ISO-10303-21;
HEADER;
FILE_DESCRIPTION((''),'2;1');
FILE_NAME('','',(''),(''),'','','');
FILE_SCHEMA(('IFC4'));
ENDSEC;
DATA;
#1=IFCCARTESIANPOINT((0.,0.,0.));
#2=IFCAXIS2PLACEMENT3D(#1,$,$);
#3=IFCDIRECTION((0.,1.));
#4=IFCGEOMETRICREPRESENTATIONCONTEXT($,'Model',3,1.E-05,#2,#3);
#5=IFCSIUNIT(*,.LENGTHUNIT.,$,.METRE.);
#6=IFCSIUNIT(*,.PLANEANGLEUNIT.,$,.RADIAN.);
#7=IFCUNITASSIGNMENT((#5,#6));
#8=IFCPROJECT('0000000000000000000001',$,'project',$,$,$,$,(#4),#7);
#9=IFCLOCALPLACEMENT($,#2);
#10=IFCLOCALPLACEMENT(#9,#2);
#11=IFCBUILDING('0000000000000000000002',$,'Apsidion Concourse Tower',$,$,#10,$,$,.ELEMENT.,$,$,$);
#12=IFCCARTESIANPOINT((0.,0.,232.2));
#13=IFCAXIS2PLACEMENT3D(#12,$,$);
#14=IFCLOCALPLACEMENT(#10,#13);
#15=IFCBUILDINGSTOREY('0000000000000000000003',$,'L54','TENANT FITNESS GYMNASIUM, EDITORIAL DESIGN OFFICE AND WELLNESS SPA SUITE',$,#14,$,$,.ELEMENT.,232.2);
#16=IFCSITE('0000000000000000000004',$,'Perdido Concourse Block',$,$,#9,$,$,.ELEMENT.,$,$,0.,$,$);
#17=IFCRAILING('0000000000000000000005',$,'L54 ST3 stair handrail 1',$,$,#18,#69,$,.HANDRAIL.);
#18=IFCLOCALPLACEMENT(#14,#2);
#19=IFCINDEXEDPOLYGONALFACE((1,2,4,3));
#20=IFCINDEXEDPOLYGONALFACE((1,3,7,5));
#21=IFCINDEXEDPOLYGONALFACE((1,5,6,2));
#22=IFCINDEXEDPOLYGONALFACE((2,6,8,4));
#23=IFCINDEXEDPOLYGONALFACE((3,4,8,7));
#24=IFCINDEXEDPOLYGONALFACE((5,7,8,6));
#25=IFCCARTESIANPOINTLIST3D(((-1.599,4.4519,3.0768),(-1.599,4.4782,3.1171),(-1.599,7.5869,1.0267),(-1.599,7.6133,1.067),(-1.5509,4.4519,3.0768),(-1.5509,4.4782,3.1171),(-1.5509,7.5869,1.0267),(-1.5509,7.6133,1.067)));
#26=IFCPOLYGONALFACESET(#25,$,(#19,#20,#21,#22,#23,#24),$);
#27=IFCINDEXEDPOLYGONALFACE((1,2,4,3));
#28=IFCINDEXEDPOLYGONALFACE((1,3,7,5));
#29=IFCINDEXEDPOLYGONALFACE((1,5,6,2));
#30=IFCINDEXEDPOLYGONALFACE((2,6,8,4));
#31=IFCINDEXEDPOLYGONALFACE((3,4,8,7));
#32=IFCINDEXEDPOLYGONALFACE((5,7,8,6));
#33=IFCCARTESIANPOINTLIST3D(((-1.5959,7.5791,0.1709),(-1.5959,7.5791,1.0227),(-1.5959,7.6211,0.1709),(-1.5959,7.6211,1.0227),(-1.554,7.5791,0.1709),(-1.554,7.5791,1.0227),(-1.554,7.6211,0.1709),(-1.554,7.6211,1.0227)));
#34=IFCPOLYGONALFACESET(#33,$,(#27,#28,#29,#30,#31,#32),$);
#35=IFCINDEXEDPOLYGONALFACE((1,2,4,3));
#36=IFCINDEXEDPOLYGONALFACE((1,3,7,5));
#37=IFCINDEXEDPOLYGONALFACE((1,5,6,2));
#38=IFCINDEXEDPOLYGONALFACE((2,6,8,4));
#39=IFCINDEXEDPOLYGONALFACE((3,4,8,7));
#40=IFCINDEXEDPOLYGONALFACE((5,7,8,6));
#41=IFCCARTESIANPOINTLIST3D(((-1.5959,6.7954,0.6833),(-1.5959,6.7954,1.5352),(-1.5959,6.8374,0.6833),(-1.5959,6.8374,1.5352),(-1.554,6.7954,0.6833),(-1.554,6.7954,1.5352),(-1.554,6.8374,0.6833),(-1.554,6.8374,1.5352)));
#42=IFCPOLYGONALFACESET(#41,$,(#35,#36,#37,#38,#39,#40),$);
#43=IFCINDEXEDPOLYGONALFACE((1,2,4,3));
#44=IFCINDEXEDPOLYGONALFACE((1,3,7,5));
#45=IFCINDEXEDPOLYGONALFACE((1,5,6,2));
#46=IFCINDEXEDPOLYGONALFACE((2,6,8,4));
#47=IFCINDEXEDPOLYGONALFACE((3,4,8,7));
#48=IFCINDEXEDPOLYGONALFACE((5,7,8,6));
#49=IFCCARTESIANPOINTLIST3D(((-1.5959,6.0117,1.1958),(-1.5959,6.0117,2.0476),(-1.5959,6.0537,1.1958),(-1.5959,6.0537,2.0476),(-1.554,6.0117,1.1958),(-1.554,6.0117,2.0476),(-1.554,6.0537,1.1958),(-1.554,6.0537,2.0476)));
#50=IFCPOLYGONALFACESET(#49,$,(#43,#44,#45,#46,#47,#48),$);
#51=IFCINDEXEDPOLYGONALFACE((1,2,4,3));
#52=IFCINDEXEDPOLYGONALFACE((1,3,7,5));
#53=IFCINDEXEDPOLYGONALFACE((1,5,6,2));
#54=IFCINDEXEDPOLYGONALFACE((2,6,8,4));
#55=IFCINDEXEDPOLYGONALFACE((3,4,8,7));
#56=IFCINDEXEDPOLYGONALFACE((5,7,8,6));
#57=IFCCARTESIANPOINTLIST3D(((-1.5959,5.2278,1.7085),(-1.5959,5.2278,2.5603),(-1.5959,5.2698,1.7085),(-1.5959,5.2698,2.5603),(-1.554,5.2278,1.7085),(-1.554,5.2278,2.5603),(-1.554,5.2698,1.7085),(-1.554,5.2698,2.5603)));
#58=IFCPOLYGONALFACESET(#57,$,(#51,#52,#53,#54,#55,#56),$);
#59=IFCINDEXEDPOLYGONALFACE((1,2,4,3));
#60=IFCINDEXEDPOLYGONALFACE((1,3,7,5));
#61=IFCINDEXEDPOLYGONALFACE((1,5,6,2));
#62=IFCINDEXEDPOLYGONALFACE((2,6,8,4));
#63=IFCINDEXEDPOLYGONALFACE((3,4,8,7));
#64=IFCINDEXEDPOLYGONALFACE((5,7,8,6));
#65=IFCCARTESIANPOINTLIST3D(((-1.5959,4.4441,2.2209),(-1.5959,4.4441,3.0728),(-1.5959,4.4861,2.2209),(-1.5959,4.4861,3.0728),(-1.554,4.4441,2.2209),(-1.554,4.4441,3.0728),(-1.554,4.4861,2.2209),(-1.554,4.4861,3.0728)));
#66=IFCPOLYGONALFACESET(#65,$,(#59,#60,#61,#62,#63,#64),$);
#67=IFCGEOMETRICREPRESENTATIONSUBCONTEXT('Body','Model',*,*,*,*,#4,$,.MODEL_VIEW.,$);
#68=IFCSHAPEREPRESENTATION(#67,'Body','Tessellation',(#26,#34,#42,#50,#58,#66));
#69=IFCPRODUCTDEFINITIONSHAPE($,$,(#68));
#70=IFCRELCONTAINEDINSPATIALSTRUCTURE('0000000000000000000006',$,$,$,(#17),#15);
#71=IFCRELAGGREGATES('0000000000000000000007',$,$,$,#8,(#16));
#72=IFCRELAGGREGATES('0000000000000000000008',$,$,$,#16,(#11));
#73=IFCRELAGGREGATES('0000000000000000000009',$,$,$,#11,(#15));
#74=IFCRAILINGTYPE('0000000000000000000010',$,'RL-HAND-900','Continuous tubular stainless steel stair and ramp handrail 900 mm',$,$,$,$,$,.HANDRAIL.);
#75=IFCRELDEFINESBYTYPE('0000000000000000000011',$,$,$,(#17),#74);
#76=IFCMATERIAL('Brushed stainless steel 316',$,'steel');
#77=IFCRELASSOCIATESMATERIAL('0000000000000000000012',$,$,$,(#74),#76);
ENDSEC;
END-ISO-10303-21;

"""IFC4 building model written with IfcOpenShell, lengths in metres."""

from ifc_helpers import new_model, si_unit, direction, frame, origin, origin_2d, place, context, subcontext, project, spatial, rectangle, extrude, material, type_object, element, save


model = new_model("IFC4")

# Units and contexts
model_context = context("Model", 3, precision=1e-05, world=origin(), true_north=direction((0.0, 1.0)))
body_context = subcontext(model_context, "Body", "Model", "MODEL_VIEW")
ifc_project = project(units=[si_unit("LENGTHUNIT", "METRE"), si_unit("PLANEANGLEUNIT", "RADIAN")], contexts=[model_context])

# Site, building, storey
site_placement = place(None, origin())
site = spatial("IfcSite", under=ifc_project, at=site_placement, Name="Perdido Concourse Block", CompositionType="ELEMENT", RefElevation=0.0)
building_placement = place(site_placement, origin())
building = spatial("IfcBuilding", under=site, at=building_placement, Name="Apsidion Concourse Tower", CompositionType="ELEMENT")
storey_placement = place(building_placement, frame((0.0, 0.0, 232.2)))
storey = spatial("IfcBuildingStorey", under=building, at=storey_placement, Name="L54", Description="TENANT FITNESS GYMNASIUM, EDITORIAL DESIGN OFFICE AND WELLNESS SPA SUITE", CompositionType="ELEMENT", Elevation=232.2)

# Shared definitions
ifc_material_1 = material(Name="Brushed stainless steel 316", Category="steel")

# Railing
railing_type = type_object("IfcRailingType", Name="RL-HAND-900", Description="Continuous tubular stainless steel stair and ramp handrail 900 mm", PredefinedType="HANDRAIL", material=ifc_material_1)
railing_placement = place(storey_placement, frame((-1.575, 7.6001, 0.1709)))
element("IfcRailing", 1, at=railing_placement, inside=storey, type_object=railing_type, Name="L54 ST3 stair handrail 1", PredefinedType="HANDRAIL", context=body_context, shape_type="SweptSolid", body=[
    extrude(rectangle(XDim=0.0481, YDim=0.0481, at=origin_2d()), frame((0.0, 0.0, 0.876), z_axis=(0.0, -0.836941, 0.547293), x_axis=(1.0, 0.0, 0.0)), (0.0, 0.0, 1.0), 3.7458),
    extrude(rectangle(XDim=0.042, YDim=0.042, at=origin_2d()), origin(), (0.0, 0.0, 1.0), 0.8518),
    extrude(rectangle(XDim=0.042, YDim=0.042, at=origin_2d()), frame((0.0, -0.7837, 0.5125)), (0.0, 0.0, 1.0), 0.8518),
    extrude(rectangle(XDim=0.042, YDim=0.042, at=origin_2d()), frame((0.0, -1.5674, 1.0249)), (0.0, 0.0, 1.0), 0.8518),
    extrude(rectangle(XDim=0.042, YDim=0.042, at=origin_2d()), frame((0.0, -2.3513, 1.5376)), (0.0, 0.0, 1.0), 0.8518),
    extrude(rectangle(XDim=0.042, YDim=0.042, at=origin_2d()), frame((0.0, -3.135, 2.05)), (0.0, 0.0, 1.0), 0.8518),
])

save(model, "model.ifc")
